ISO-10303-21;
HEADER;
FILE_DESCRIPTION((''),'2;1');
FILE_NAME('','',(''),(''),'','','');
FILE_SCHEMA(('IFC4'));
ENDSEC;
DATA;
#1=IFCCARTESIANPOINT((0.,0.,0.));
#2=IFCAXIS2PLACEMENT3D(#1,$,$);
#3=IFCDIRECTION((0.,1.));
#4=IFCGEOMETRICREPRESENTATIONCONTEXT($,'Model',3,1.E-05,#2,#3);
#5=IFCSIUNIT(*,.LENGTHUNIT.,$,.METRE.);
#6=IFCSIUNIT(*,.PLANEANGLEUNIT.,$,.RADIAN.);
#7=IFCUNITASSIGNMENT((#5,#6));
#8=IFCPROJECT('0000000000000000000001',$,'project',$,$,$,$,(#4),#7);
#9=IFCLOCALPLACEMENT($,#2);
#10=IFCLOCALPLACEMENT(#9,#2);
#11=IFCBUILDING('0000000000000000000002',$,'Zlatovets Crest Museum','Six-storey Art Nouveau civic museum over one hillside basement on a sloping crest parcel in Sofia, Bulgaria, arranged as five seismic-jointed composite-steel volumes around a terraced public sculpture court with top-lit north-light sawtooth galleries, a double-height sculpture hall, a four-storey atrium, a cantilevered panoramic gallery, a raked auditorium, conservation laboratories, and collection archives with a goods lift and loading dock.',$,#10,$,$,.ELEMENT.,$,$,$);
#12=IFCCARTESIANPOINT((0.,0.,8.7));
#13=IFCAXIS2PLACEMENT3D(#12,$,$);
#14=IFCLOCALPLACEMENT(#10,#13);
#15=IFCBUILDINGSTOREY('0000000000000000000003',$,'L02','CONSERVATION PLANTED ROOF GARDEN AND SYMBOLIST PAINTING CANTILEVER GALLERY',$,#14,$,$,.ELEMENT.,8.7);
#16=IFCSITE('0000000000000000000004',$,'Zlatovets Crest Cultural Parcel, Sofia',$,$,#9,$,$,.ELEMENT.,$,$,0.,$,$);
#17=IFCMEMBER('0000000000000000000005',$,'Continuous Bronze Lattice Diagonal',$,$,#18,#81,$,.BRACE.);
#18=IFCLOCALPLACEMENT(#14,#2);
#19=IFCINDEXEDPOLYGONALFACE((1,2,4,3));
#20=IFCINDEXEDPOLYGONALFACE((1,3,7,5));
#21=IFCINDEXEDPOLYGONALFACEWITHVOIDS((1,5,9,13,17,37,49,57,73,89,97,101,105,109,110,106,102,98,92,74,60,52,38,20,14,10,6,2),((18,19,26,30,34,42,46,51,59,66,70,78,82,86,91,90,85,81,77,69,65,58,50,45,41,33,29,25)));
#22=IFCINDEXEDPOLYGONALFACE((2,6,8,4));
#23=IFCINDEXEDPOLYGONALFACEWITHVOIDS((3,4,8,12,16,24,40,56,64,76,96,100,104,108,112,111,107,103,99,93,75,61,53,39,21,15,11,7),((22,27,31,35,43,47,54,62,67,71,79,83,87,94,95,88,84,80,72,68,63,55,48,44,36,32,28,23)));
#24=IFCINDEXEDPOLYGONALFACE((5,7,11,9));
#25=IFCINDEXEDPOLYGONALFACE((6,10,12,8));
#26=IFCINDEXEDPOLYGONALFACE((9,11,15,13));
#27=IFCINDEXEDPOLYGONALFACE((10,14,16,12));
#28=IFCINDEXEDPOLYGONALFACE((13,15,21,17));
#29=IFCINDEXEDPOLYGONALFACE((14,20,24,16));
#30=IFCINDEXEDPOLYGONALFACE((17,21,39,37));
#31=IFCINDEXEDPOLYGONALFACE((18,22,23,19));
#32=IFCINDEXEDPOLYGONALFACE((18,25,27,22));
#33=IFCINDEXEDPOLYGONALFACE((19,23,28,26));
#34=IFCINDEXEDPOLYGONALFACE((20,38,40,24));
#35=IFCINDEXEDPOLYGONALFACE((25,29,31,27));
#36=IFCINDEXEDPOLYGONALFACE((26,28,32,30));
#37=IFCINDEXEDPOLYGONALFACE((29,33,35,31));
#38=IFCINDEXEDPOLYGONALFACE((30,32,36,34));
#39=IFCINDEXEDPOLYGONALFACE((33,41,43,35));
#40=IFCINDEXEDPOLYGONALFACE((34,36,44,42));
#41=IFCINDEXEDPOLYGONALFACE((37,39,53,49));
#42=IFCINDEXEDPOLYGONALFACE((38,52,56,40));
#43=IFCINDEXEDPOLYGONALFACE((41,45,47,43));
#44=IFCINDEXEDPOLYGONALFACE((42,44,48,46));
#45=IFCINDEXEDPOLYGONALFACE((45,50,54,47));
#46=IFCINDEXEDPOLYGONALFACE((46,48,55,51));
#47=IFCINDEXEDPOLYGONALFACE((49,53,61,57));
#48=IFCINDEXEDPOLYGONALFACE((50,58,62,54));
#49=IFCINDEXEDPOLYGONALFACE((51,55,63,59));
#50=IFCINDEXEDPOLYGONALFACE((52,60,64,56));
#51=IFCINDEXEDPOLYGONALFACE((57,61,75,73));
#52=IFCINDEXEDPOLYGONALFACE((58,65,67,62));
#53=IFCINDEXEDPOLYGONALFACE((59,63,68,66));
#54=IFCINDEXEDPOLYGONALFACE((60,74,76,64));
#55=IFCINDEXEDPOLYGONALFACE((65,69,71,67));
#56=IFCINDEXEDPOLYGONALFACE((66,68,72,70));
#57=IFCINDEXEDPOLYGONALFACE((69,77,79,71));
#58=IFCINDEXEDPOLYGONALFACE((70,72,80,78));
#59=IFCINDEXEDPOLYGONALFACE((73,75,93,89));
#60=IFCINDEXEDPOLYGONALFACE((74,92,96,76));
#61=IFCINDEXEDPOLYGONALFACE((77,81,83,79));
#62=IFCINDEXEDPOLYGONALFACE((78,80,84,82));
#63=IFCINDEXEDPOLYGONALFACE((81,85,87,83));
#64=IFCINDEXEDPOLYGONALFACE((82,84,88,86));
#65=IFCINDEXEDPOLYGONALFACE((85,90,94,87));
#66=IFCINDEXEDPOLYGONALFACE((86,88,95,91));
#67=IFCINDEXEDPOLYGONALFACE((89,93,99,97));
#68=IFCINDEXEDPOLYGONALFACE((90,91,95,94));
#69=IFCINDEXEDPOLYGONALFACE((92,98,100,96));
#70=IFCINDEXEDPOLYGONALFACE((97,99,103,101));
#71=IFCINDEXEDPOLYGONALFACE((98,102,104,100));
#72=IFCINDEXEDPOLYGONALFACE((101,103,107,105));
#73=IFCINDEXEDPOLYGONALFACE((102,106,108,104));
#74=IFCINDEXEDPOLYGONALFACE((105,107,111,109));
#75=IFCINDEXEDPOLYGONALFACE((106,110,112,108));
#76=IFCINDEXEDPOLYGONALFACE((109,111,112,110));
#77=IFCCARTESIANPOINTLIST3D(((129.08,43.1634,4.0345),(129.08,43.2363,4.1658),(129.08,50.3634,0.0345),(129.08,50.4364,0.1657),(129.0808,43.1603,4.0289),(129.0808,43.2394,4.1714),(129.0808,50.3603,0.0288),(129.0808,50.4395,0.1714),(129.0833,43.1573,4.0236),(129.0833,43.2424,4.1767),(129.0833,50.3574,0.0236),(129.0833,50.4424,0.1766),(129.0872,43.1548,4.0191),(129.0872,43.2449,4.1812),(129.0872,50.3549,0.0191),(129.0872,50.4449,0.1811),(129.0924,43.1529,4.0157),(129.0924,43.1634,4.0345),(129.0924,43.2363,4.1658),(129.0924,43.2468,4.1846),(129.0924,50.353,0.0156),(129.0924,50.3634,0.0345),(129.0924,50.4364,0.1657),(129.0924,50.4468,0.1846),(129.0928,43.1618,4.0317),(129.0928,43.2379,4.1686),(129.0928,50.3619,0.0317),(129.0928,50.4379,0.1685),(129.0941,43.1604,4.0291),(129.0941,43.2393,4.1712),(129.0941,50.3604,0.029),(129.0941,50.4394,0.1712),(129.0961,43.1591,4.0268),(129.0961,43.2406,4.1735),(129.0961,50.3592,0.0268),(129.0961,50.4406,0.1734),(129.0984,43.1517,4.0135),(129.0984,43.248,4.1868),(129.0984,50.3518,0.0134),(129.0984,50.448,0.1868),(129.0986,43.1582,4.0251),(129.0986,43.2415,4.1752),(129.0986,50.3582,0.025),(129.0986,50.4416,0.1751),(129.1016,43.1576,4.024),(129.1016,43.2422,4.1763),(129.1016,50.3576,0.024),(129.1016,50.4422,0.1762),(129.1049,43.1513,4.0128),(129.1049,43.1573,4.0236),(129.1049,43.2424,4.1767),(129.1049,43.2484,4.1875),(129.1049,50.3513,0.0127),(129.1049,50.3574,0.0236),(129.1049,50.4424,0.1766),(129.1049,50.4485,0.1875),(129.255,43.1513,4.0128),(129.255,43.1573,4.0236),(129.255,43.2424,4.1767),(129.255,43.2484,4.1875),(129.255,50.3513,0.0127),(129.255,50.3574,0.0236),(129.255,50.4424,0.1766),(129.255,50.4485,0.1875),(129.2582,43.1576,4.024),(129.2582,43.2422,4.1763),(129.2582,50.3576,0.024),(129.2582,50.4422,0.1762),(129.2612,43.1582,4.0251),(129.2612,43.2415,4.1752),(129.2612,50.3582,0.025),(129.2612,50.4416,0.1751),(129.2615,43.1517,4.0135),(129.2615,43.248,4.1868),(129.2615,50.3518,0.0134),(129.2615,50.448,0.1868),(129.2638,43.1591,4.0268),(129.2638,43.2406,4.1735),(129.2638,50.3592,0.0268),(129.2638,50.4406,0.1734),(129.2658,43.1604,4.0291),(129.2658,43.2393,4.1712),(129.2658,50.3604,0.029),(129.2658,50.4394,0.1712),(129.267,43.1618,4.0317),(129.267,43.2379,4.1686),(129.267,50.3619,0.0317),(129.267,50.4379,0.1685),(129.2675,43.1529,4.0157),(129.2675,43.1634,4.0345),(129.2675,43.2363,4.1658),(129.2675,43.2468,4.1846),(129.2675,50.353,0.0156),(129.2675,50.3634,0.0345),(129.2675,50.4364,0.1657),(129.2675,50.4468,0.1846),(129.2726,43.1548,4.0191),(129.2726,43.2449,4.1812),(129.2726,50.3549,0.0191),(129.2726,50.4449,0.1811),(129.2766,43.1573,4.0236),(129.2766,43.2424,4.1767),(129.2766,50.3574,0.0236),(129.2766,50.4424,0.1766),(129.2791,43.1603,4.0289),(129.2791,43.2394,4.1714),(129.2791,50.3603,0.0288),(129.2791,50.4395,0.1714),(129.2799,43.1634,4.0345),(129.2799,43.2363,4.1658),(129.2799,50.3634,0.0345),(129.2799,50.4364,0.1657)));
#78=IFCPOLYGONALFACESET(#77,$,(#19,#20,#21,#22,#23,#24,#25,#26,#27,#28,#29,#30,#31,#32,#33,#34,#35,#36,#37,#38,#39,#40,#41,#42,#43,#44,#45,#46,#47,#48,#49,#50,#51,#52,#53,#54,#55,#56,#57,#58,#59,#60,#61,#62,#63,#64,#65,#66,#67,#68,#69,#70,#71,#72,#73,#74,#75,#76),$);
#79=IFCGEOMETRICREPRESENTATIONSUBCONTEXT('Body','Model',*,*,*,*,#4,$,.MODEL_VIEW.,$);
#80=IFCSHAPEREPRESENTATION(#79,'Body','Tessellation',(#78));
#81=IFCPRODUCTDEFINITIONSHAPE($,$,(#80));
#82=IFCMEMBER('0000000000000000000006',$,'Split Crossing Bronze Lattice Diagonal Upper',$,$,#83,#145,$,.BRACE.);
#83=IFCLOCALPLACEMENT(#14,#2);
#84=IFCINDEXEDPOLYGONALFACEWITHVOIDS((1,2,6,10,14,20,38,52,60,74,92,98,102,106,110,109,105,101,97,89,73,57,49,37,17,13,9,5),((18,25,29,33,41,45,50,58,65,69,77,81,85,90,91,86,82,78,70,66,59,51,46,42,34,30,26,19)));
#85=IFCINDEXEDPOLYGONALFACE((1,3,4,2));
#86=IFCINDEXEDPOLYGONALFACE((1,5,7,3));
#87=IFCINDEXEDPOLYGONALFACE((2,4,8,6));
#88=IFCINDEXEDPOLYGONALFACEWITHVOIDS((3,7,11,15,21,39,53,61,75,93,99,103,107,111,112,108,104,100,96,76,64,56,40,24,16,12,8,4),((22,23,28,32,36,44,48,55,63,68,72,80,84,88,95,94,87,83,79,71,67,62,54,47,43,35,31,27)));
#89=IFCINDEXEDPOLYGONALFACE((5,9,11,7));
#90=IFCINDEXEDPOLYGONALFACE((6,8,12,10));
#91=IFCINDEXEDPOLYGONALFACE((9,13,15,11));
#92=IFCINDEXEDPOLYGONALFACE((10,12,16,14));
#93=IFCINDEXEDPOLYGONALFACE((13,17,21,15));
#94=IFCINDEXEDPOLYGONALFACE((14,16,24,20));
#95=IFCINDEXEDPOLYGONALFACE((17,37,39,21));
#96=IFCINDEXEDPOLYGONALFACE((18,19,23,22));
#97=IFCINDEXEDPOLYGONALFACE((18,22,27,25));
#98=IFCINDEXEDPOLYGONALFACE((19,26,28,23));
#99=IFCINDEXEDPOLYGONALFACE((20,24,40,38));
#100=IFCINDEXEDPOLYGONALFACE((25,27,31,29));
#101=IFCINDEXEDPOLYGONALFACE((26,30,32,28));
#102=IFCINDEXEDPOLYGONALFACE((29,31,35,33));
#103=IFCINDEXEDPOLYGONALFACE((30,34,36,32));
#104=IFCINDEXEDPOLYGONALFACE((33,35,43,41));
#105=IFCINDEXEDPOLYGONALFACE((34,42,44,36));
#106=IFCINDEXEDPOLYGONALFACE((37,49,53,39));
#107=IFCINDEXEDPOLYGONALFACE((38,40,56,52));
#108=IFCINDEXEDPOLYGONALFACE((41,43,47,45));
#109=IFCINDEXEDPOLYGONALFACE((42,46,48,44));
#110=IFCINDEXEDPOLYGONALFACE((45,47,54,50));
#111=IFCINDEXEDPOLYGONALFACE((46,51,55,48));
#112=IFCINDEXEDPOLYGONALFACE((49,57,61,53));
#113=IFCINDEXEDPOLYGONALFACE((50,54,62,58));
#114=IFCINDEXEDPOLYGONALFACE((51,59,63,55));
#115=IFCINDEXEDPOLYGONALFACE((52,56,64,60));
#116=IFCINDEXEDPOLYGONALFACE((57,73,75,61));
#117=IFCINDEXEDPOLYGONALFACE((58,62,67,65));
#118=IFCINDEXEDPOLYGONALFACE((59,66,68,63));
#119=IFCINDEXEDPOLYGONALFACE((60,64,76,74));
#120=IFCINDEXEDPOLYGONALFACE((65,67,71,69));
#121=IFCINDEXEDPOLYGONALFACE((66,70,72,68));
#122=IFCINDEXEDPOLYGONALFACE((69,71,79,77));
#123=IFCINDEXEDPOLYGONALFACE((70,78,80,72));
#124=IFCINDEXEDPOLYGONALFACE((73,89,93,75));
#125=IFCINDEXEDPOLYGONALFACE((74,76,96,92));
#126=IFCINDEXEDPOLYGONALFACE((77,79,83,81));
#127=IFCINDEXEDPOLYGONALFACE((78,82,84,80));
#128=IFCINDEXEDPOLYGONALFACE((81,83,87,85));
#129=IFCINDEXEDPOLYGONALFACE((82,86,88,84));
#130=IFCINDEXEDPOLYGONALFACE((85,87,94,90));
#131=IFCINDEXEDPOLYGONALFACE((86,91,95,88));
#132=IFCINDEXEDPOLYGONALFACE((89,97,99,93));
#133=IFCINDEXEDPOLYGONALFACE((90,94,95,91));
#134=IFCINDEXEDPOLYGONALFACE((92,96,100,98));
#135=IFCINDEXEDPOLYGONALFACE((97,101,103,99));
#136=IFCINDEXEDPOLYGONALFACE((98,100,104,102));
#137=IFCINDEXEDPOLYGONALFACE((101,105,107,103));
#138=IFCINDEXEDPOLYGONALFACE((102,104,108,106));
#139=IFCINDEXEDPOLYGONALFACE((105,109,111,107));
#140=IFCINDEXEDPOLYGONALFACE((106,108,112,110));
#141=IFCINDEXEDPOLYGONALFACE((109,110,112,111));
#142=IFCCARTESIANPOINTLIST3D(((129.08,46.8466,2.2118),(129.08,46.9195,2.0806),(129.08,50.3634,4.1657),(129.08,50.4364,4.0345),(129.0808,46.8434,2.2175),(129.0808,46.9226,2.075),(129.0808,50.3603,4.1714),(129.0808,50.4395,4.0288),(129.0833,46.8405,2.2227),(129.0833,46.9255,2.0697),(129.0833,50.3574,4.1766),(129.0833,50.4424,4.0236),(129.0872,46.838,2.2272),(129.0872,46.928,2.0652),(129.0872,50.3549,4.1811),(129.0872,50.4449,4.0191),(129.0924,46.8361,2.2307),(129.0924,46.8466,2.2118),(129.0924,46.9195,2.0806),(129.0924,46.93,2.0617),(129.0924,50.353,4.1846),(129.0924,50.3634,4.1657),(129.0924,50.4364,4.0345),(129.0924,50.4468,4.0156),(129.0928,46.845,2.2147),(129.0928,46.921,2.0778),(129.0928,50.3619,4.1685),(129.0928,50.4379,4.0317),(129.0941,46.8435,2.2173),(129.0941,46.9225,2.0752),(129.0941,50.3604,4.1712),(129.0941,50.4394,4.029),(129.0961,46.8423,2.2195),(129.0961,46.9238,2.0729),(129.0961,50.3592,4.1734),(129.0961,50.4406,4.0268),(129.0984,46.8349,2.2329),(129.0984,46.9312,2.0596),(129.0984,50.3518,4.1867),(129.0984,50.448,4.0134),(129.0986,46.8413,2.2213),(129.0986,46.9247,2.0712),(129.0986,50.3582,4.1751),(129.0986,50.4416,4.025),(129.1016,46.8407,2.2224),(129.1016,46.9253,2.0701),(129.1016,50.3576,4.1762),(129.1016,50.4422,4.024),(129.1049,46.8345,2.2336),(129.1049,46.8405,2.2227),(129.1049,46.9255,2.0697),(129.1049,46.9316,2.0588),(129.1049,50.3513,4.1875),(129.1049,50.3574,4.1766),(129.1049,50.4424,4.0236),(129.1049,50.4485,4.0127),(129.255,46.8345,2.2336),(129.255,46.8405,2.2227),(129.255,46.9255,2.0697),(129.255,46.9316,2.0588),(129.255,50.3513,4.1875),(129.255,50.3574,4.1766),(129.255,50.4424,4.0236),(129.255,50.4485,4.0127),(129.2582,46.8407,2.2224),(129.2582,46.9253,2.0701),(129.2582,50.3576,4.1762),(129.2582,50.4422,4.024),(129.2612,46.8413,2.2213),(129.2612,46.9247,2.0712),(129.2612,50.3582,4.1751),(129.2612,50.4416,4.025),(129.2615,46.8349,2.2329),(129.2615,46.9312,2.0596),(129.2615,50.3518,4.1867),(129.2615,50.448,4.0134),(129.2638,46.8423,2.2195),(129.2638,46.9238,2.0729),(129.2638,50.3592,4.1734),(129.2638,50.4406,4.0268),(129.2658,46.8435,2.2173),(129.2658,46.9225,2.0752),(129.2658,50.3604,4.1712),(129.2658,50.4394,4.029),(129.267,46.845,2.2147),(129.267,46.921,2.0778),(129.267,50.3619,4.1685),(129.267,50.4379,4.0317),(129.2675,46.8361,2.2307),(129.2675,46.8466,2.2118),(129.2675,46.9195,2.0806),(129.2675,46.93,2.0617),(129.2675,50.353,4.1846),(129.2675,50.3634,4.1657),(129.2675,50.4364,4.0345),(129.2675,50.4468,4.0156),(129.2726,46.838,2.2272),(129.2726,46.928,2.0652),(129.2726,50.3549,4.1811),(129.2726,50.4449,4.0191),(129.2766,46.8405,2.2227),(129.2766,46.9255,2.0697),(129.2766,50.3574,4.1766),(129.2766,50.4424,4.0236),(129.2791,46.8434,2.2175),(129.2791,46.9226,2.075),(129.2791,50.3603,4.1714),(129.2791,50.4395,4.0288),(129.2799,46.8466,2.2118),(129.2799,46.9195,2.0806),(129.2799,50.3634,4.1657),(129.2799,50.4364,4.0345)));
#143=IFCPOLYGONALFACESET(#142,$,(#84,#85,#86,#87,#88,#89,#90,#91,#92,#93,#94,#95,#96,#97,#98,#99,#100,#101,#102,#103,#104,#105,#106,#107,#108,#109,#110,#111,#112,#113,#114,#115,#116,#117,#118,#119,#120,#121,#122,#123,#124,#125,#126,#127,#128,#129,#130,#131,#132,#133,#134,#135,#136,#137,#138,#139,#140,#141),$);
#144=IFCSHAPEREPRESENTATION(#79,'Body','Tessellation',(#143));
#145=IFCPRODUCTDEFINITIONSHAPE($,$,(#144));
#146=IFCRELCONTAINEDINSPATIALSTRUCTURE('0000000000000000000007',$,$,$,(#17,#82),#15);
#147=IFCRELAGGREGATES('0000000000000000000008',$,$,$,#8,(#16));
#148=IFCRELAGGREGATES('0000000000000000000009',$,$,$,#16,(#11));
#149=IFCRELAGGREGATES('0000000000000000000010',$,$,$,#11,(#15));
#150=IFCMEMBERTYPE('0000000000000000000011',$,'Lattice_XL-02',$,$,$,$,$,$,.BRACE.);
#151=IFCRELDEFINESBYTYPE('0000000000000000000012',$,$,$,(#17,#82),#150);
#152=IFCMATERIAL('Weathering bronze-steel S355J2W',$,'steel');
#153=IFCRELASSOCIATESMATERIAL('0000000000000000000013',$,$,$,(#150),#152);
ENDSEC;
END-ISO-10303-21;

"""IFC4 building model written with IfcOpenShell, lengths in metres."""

from ifc_helpers import new_model, si_unit, direction, frame, origin, origin_2d, place, context, subcontext, project, spatial, hollow_rectangle, extrude, material, material_profile, profile_set, type_object, element, save


model = new_model("IFC4")

# Units and contexts
model_context = context("Model", 3, precision=1e-05, world=origin(), true_north=direction((0.0, 1.0)))
body_context = subcontext(model_context, "Body", "Model", "MODEL_VIEW")
ifc_project = project(units=[si_unit("LENGTHUNIT", "METRE"), si_unit("PLANEANGLEUNIT", "RADIAN")], contexts=[model_context])

# Site, building, storey
site_placement = place(None, origin())
site = spatial("IfcSite", under=ifc_project, at=site_placement, Name="Zlatovets Crest Cultural Parcel, Sofia", CompositionType="ELEMENT", RefElevation=0.0)
building_placement = place(site_placement, origin())
building = spatial("IfcBuilding", under=site, at=building_placement, Name="Zlatovets Crest Museum", Description="Six-storey Art Nouveau civic museum over one hillside basement on a sloping crest parcel in Sofia, Bulgaria, arranged as five seismic-jointed composite-steel volumes around a terraced public sculpture court with top-lit north-light sawtooth galleries, a double-height sculpture hall, a four-storey atrium, a cantilevered panoramic gallery, a raked auditorium, conservation laboratories, and collection archives with a goods lift and loading dock.", CompositionType="ELEMENT")
storey_placement = place(building_placement, frame((0.0, 0.0, 8.7)))
storey = spatial("IfcBuildingStorey", under=building, at=storey_placement, Name="L02", Description="CONSERVATION PLANTED ROOF GARDEN AND SYMBOLIST PAINTING CANTILEVER GALLERY", CompositionType="ELEMENT", Elevation=8.7)

# Members
ifc_material_1 = material(Name="Weathering bronze-steel S355J2W", Category="steel")
ifc_material_profile_1 = material_profile(ifc_material_1, hollow_rectangle(XDim=0.2, YDim=0.2, WallThickness=0.0125, InnerFilletRadius=0.0125, OuterFilletRadius=0.0249, at=origin_2d()), Name="SHS 200x200x12.5")
ifc_profile_set_1 = profile_set([ifc_material_profile_1], Name="Weathering bronze-steel S355J2W")
member_type_1 = type_object("IfcMemberType", Name="Lattice_XL-02", PredefinedType="BRACE", material=ifc_profile_set_1)
member_1_placement = place(storey_placement, frame((129.1799, 50.3999, 0.1001), z_axis=(0.0, -0.874156, 0.485645), x_axis=(1.0, 0.0, 0.0)))
element("IfcMember", 1, at=member_1_placement, inside=storey, type_object=member_type_1, Name="Continuous Bronze Lattice Diagonal", PredefinedType="BRACE", context=body_context, shape_type="SweptSolid", body=[
    extrude(hollow_rectangle(XDim=0.2, YDim=0.2, WallThickness=0.0125, InnerFilletRadius=0.0125, OuterFilletRadius=0.0249, at=origin_2d()), origin(), (0.0, 0.0, 1.0), 8.2366),
])
member_2_placement = place(storey_placement, frame((129.1799, 50.3999, 4.1001), z_axis=(0.0, -0.874152, -0.485653), x_axis=(1.0, 0.0, 0.0)))
element("IfcMember", 2, at=member_2_placement, inside=storey, type_object=member_type_1, Name="Split Crossing Bronze Lattice Diagonal Upper", PredefinedType="BRACE", context=body_context, shape_type="SweptSolid", body=[
    extrude(hollow_rectangle(XDim=0.2, YDim=0.2, WallThickness=0.0125, InnerFilletRadius=0.0125, OuterFilletRadius=0.0249, at=origin_2d()), origin(), (0.0, 0.0, 1.0), 4.0232),
])

save(model, "model.ifc")
